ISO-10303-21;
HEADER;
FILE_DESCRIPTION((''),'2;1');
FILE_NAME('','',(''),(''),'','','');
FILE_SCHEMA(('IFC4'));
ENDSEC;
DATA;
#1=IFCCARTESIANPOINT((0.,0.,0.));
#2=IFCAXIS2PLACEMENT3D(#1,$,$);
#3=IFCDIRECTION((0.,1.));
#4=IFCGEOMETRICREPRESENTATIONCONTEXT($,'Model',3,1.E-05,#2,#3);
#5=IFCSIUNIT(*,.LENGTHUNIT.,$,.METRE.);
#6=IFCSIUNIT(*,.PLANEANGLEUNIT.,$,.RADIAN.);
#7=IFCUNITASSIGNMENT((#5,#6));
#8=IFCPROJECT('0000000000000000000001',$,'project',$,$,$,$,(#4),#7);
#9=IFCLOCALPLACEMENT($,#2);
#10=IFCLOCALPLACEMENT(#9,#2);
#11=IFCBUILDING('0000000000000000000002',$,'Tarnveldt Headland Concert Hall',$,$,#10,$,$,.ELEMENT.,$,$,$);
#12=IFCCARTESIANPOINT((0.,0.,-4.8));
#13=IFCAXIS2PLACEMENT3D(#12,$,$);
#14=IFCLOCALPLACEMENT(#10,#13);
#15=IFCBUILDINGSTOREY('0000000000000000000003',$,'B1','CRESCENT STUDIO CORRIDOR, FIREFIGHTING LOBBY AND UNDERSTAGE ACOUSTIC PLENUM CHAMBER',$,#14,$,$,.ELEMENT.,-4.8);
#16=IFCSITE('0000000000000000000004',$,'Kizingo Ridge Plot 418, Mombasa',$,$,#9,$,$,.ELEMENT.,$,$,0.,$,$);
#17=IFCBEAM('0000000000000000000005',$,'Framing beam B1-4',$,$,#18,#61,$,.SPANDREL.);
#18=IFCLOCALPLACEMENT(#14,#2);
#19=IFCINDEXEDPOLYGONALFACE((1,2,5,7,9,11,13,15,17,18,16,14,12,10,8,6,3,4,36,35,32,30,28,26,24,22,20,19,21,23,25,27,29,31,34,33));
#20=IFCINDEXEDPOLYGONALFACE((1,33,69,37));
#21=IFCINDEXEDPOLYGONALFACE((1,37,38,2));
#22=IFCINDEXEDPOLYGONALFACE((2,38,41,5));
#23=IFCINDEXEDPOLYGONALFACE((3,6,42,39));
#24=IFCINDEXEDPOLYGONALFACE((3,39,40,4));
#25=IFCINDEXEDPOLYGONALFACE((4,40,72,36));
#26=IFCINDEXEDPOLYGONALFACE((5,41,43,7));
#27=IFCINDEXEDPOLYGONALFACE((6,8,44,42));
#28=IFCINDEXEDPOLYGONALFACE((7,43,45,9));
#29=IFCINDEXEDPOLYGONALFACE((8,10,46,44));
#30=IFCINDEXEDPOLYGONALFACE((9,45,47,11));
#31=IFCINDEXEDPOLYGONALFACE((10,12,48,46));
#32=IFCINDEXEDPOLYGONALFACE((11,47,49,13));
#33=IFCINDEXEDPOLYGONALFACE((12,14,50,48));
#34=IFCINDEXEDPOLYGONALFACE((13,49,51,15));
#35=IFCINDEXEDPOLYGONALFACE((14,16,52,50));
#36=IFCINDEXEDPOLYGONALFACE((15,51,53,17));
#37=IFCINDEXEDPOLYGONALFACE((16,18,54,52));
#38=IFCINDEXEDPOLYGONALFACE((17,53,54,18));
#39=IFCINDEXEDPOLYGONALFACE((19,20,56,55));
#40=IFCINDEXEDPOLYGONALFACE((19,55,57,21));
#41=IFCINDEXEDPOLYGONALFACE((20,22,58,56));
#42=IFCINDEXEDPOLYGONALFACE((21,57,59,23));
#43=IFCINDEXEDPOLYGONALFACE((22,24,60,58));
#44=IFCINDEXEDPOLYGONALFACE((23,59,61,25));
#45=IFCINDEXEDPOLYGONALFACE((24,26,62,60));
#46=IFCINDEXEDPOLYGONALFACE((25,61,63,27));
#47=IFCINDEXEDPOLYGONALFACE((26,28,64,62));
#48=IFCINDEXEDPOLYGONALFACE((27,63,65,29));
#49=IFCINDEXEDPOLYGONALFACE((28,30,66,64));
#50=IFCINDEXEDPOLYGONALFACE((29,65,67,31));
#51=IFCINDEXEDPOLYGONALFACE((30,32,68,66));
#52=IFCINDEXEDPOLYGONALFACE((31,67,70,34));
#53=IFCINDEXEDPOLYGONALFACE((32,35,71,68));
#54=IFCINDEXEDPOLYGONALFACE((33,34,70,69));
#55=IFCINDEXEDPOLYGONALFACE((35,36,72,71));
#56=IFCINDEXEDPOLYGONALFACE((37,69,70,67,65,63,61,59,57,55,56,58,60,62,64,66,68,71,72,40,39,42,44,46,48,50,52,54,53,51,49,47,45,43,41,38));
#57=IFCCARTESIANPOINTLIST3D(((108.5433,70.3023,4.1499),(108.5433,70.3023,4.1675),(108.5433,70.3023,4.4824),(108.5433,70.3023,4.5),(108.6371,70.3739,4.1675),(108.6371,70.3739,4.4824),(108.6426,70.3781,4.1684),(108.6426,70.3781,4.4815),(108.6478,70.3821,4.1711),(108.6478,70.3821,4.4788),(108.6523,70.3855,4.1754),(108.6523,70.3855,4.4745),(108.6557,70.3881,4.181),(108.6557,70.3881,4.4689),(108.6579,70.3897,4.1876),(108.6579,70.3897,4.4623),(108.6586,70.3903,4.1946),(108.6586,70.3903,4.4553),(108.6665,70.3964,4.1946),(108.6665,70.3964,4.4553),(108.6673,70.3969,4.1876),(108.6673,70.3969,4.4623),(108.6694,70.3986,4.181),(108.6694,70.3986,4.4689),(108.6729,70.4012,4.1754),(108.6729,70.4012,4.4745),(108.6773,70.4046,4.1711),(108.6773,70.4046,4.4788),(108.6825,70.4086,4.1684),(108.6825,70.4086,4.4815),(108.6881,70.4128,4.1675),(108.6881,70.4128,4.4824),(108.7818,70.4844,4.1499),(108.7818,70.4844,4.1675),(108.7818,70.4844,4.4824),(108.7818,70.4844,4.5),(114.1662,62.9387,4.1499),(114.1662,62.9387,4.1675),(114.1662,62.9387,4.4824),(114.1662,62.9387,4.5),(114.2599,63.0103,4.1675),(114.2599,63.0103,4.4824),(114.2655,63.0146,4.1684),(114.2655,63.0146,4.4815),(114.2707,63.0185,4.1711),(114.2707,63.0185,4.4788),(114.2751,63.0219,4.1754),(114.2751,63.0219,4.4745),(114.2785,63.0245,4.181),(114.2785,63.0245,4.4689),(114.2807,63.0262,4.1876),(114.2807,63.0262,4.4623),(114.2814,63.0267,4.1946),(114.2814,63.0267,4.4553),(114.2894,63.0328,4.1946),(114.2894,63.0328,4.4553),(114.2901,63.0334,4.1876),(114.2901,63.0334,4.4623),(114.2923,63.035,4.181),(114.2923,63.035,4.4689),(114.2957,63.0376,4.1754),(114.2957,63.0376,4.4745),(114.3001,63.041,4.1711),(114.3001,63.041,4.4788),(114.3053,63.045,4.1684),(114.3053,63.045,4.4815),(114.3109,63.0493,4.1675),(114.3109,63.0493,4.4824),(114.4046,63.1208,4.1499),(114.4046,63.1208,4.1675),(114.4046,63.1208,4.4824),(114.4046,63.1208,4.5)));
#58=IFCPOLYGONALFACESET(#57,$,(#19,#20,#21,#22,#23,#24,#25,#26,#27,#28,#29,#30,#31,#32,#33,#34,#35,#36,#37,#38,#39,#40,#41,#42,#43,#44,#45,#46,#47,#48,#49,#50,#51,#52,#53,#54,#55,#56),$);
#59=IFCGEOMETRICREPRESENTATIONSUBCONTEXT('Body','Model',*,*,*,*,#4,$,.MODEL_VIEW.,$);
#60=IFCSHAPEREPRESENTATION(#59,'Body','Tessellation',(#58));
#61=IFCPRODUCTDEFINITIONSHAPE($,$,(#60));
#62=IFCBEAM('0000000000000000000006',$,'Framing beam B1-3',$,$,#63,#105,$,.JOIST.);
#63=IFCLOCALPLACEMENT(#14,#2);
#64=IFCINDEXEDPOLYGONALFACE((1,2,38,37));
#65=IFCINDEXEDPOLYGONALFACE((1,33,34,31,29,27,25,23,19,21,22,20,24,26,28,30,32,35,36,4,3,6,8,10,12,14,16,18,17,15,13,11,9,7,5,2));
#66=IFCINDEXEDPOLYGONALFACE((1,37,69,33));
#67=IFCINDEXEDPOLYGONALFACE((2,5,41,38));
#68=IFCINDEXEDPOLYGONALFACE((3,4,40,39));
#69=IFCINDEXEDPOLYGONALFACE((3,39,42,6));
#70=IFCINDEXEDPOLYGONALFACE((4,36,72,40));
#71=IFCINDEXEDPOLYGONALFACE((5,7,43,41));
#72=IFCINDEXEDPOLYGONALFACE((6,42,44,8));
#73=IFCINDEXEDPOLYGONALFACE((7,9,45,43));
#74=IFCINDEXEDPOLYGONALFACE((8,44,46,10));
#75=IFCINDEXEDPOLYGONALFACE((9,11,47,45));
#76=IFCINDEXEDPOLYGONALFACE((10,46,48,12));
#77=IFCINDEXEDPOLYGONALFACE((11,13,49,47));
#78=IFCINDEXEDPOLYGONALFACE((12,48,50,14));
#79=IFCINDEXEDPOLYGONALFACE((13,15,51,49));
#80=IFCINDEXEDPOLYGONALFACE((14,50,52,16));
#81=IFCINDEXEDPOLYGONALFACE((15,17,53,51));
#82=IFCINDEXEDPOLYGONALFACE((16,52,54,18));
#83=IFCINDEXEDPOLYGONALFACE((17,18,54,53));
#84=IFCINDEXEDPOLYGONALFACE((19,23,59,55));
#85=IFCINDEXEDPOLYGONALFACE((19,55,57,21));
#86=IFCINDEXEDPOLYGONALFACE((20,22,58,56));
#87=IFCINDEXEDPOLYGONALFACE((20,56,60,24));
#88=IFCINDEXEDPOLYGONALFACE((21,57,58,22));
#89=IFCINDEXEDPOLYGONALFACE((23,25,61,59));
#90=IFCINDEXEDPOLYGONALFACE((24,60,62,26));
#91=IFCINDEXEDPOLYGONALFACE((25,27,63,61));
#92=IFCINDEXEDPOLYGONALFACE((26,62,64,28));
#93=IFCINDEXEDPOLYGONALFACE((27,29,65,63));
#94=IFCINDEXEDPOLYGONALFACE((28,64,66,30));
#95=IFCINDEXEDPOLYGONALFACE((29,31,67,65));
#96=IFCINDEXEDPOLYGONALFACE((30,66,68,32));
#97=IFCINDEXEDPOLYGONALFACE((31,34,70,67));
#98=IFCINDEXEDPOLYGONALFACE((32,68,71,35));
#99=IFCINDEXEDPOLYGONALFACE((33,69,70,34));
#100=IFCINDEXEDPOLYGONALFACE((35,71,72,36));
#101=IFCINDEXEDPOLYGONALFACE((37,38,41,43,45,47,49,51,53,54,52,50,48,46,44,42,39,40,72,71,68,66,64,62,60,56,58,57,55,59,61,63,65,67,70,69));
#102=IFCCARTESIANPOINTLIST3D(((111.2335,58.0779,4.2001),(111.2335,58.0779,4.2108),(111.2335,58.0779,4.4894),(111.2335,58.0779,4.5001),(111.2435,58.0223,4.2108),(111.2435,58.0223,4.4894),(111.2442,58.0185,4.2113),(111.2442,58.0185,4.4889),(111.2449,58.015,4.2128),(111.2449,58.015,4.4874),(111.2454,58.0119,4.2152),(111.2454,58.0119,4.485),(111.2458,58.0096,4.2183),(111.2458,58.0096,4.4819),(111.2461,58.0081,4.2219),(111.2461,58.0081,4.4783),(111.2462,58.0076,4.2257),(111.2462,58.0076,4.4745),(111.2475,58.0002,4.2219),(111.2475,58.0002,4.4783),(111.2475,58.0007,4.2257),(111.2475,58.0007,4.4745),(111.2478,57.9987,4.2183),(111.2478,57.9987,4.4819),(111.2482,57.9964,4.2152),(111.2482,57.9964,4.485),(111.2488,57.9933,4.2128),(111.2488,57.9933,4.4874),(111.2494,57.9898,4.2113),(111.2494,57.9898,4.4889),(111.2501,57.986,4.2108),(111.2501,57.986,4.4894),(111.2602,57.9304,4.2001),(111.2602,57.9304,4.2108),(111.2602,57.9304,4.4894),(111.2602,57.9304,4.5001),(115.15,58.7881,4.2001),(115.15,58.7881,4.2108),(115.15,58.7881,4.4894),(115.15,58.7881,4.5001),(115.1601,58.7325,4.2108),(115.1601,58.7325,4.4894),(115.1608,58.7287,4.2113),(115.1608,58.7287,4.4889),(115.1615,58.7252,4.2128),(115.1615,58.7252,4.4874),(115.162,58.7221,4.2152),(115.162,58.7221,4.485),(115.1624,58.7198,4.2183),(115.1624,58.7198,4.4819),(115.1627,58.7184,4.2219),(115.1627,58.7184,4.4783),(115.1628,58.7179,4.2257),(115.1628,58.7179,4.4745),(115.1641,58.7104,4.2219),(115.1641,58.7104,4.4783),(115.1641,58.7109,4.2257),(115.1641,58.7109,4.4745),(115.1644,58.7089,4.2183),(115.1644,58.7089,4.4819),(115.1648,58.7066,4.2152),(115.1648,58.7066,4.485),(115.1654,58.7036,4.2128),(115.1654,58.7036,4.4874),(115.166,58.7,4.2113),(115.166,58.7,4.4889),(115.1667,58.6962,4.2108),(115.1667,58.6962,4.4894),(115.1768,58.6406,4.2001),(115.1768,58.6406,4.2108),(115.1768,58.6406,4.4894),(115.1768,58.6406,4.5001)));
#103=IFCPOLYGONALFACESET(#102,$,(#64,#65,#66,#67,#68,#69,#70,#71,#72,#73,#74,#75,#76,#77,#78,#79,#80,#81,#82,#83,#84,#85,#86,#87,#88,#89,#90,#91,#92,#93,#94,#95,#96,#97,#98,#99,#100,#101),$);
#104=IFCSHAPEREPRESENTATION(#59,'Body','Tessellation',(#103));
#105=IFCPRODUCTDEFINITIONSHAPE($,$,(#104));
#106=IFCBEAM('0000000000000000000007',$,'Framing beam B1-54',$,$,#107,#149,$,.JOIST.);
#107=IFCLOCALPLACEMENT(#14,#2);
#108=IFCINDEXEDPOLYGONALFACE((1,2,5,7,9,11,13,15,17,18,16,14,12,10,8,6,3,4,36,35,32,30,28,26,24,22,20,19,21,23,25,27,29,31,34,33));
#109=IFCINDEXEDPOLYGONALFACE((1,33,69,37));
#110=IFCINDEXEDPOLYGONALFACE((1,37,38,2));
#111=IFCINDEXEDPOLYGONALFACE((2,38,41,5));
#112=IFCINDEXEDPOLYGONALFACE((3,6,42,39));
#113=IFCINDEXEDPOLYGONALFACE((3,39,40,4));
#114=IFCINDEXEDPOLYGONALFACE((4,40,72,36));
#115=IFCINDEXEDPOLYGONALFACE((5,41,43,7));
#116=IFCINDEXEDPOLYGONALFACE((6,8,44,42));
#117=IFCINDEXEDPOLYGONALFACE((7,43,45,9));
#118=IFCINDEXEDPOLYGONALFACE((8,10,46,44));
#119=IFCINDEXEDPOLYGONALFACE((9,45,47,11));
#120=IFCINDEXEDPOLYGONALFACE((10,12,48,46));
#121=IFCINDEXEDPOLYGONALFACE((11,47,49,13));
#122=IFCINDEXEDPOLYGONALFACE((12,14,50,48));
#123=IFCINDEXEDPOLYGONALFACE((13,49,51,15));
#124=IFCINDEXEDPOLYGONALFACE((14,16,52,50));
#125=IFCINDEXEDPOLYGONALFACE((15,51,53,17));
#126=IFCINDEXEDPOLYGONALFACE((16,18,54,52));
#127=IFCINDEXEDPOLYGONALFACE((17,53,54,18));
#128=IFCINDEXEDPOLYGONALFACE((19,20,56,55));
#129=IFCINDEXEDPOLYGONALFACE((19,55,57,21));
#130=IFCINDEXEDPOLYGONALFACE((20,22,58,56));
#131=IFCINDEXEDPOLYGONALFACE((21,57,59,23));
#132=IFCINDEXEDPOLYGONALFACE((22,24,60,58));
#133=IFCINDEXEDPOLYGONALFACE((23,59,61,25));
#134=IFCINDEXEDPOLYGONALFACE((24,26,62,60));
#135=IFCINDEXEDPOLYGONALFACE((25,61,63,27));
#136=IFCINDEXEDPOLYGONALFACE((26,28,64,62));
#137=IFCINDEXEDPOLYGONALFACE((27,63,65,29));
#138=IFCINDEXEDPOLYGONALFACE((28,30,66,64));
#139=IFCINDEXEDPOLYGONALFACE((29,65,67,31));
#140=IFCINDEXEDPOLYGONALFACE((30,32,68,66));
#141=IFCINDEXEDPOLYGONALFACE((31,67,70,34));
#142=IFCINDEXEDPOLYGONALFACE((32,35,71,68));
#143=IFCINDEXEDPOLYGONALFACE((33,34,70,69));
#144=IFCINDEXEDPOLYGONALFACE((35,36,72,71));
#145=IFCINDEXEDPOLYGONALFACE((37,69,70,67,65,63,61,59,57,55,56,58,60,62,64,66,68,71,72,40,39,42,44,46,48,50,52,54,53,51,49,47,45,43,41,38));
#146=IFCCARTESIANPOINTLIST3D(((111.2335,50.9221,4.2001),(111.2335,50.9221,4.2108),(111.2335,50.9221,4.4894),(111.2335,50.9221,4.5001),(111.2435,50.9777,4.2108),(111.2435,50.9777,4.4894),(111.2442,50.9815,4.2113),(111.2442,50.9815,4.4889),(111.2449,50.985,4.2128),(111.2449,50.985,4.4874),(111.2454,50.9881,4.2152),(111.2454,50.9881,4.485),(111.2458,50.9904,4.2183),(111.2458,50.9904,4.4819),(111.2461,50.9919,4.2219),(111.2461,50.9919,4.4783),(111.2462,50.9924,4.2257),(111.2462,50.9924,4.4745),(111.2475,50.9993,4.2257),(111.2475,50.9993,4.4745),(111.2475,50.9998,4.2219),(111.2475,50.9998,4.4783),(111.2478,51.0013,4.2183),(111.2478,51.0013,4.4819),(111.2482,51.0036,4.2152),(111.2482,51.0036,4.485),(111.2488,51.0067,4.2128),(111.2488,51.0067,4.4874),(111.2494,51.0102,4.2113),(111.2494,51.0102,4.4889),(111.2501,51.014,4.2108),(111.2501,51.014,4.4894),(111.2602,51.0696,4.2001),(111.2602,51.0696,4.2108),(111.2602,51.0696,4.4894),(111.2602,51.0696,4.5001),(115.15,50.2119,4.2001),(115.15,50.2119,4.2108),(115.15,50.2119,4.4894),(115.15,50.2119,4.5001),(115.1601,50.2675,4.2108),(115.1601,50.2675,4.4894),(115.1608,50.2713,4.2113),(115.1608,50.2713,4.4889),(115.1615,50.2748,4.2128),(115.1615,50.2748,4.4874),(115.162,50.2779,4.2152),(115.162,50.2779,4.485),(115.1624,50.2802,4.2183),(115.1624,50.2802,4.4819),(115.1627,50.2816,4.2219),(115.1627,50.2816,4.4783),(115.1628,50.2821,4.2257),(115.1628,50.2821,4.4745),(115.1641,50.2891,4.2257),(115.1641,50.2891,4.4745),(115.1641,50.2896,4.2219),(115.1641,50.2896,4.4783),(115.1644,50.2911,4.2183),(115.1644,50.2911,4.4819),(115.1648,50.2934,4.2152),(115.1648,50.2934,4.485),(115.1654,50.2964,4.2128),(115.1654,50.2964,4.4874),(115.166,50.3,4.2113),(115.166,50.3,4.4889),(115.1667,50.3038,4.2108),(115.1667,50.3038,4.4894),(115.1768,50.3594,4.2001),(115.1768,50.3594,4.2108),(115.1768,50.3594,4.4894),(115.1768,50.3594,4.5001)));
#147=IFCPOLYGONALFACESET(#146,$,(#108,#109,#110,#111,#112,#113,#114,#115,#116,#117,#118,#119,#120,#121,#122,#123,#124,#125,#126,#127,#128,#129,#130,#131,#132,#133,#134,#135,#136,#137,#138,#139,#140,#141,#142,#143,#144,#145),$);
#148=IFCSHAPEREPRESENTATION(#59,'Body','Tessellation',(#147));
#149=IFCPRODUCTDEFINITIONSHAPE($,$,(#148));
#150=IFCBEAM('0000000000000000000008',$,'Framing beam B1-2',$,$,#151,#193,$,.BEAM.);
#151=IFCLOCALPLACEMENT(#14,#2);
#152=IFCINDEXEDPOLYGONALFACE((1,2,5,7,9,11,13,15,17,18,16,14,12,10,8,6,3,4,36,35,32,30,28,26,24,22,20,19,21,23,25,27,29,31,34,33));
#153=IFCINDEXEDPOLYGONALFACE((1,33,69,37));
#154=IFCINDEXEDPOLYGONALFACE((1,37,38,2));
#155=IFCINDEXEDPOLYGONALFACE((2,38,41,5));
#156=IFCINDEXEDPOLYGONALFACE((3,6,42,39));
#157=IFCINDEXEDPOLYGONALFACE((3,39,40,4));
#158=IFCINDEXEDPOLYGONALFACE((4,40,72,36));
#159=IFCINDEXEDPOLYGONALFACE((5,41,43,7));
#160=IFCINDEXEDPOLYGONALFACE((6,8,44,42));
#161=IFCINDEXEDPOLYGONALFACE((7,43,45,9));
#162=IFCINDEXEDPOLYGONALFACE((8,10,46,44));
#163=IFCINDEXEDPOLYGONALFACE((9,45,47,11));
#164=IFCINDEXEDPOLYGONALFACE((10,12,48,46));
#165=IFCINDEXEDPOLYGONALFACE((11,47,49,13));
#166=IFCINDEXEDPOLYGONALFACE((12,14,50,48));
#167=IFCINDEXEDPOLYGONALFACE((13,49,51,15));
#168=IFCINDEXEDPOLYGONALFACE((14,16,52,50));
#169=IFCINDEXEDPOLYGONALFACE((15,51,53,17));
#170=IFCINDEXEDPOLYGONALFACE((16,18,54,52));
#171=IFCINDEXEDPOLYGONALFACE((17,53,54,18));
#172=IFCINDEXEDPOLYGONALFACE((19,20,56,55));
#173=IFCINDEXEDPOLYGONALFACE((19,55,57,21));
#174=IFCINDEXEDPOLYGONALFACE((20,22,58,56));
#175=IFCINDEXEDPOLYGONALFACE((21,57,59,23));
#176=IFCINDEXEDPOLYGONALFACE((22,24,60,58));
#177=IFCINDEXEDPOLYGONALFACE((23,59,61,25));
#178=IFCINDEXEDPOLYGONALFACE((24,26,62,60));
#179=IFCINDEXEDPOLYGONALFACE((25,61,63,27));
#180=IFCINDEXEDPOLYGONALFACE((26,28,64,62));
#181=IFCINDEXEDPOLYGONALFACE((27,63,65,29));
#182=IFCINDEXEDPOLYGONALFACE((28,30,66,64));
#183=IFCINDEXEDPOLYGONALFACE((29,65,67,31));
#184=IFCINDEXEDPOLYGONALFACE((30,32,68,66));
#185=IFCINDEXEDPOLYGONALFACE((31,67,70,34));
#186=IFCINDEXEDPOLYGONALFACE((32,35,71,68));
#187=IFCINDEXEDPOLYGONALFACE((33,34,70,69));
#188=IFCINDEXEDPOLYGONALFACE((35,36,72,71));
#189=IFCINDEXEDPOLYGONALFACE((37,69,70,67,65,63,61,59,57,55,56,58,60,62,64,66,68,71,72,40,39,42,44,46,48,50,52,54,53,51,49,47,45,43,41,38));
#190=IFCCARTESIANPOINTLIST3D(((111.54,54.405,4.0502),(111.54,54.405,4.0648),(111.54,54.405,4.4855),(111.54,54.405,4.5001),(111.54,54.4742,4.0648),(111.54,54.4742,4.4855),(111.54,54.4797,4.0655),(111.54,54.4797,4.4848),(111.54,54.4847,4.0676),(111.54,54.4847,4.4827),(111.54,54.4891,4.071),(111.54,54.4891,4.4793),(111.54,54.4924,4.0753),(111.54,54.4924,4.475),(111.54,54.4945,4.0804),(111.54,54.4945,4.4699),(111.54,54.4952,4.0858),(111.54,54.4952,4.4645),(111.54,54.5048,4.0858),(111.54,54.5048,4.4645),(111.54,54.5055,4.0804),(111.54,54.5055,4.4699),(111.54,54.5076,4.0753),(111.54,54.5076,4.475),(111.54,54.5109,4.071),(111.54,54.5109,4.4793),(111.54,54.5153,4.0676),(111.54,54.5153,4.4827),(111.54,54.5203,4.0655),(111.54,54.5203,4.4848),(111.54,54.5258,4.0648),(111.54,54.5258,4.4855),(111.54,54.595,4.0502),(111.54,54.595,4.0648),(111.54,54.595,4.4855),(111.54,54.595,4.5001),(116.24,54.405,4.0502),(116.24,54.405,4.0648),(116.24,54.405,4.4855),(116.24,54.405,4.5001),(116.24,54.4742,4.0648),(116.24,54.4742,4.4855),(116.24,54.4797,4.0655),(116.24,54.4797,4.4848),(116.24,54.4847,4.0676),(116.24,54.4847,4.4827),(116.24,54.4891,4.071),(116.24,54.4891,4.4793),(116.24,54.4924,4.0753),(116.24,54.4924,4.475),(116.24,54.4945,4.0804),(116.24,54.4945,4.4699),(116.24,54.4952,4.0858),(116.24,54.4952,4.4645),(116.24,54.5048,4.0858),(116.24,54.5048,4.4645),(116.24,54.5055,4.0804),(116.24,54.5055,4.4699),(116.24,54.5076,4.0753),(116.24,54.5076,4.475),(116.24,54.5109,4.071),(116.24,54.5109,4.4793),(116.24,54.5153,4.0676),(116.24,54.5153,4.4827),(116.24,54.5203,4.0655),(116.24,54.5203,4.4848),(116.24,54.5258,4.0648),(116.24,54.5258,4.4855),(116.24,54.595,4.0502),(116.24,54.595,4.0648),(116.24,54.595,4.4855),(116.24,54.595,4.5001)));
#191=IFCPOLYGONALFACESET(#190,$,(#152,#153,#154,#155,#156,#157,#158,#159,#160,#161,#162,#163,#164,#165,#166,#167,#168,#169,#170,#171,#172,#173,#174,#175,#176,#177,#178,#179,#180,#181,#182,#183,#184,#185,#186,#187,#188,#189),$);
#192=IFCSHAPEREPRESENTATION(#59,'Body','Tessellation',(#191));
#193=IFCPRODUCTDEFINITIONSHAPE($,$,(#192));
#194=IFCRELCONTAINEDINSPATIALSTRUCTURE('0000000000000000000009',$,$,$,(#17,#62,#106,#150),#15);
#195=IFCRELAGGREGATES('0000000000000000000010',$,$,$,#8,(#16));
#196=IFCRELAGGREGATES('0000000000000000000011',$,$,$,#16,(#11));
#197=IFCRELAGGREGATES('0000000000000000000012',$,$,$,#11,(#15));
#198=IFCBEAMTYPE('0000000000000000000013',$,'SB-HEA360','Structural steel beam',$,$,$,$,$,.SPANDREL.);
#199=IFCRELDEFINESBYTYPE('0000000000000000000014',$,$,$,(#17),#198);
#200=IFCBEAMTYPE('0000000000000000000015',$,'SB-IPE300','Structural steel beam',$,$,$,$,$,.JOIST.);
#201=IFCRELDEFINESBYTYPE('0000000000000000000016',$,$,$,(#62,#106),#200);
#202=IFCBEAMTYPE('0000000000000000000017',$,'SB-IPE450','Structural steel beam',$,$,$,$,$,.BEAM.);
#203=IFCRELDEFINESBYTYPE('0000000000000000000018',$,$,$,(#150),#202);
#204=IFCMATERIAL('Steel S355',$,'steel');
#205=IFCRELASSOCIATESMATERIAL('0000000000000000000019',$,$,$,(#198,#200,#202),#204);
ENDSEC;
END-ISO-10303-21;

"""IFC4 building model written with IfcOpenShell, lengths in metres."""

from ifc_helpers import new_model, si_unit, direction, frame, origin, origin_2d, place, context, subcontext, project, spatial, i_section, extrude, material, material_profile, profile_set, type_object, element, save


model = new_model("IFC4")

# Units and contexts
model_context = context("Model", 3, precision=1e-05, world=origin(), true_north=direction((0.0, 1.0)))
body_context = subcontext(model_context, "Body", "Model", "MODEL_VIEW")
ifc_project = project(units=[si_unit("LENGTHUNIT", "METRE"), si_unit("PLANEANGLEUNIT", "RADIAN")], contexts=[model_context])

# Site, building, storey
site_placement = place(None, origin())
site = spatial("IfcSite", under=ifc_project, at=site_placement, Name="Kizingo Ridge Plot 418, Mombasa", CompositionType="ELEMENT", RefElevation=0.0)
building_placement = place(site_placement, origin())
building = spatial("IfcBuilding", under=site, at=building_placement, Name="Tarnveldt Headland Concert Hall", CompositionType="ELEMENT")
storey_placement = place(building_placement, frame((0.0, 0.0, -4.8)))
storey = spatial("IfcBuildingStorey", under=building, at=storey_placement, Name="B1", Description="CRESCENT STUDIO CORRIDOR, FIREFIGHTING LOBBY AND UNDERSTAGE ACOUSTIC PLENUM CHAMBER", CompositionType="ELEMENT", Elevation=-4.8)

# Beams
ifc_material_1 = material(Name="Steel S355", Category="steel")
ifc_material_profile_1 = material_profile(ifc_material_1, i_section(OverallWidth=0.3, OverallDepth=0.3501, WebThickness=0.01, FlangeThickness=0.0176, FilletRadius=0.0271, at=origin_2d()), Name="HEA360", Category="steel")
ifc_profile_set_1 = profile_set([ifc_material_profile_1], Name="Steel S355")
beam_type_1 = type_object("IfcBeamType", Name="SB-HEA360", Description="Structural steel beam", PredefinedType="SPANDREL", material=ifc_profile_set_1)
beam_1_placement = place(storey_placement, frame((114.2854, 63.0298, 4.325), z_axis=(-0.606896, 0.794781, 0.0), x_axis=(-0.794781, -0.606896, 0.0)))
element("IfcBeam", 1, at=beam_1_placement, inside=storey, type_object=beam_type_1, Name="Framing beam B1-4", PredefinedType="SPANDREL", context=body_context, shape_type="SweptSolid", body=[
    extrude(i_section(OverallWidth=0.3, OverallDepth=0.3501, WebThickness=0.01, FlangeThickness=0.0176, FilletRadius=0.0271, at=origin_2d()), origin(), (0.0, 0.0, 1.0), 9.2649),
])
ifc_material_profile_2 = material_profile(ifc_material_1, i_section(OverallWidth=0.1499, OverallDepth=0.3, WebThickness=0.0071, FlangeThickness=0.0107, FilletRadius=0.0149, at=origin_2d()), Name="IPE300", Category="steel")
ifc_profile_set_2 = profile_set([ifc_material_profile_2], Name="Steel S355")
beam_type_2 = type_object("IfcBeamType", Name="SB-IPE300", Description="Structural steel beam", PredefinedType="JOIST", material=ifc_profile_set_2)
for number, where, z_axis, x_axis, name in (
    (2, (111.2468, 58.0042, 4.3501), (0.983953, 0.178427, 0.0), (-0.178427, 0.983953, 0.0), "Framing beam B1-3"),
    (3, (111.2468, 50.9958, 4.3501), (0.983953, -0.178427, 0.0), (0.178427, 0.983953, 0.0), "Framing beam B1-54"),
):
    element("IfcBeam", number, at=place(storey_placement, frame(where, z_axis=z_axis, x_axis=x_axis)), inside=storey, type_object=beam_type_2, Name=name, PredefinedType="JOIST", context=body_context, shape_type="SweptSolid", body=[
        extrude(i_section(OverallWidth=0.1499, OverallDepth=0.3, WebThickness=0.0071, FlangeThickness=0.0107, FilletRadius=0.0149, at=origin_2d()), origin(), (0.0, 0.0, 1.0), 3.9805),
    ])
ifc_material_profile_3 = material_profile(ifc_material_1, i_section(OverallWidth=0.1899, OverallDepth=0.45, WebThickness=0.0095, FlangeThickness=0.0146, FilletRadius=0.021, at=origin_2d()), Name="IPE450", Category="steel")
ifc_profile_set_3 = profile_set([ifc_material_profile_3], Name="Steel S355")
beam_type_3 = type_object("IfcBeamType", Name="SB-IPE450", Description="Structural steel beam", PredefinedType="BEAM", material=ifc_profile_set_3)
beam_2_placement = place(storey_placement, frame((111.54, 54.5, 4.2751), z_axis=(1.0, 0.0, 0.0), x_axis=(0.0, 1.0, 0.0)))
element("IfcBeam", 4, at=beam_2_placement, inside=storey, type_object=beam_type_3, Name="Framing beam B1-2", PredefinedType="BEAM", context=body_context, shape_type="SweptSolid", body=[
    extrude(i_section(OverallWidth=0.1899, OverallDepth=0.45, WebThickness=0.0095, FlangeThickness=0.0146, FilletRadius=0.021, at=origin_2d()), origin(), (0.0, 0.0, 1.0), 4.7),
])

save(model, "model.ifc")
